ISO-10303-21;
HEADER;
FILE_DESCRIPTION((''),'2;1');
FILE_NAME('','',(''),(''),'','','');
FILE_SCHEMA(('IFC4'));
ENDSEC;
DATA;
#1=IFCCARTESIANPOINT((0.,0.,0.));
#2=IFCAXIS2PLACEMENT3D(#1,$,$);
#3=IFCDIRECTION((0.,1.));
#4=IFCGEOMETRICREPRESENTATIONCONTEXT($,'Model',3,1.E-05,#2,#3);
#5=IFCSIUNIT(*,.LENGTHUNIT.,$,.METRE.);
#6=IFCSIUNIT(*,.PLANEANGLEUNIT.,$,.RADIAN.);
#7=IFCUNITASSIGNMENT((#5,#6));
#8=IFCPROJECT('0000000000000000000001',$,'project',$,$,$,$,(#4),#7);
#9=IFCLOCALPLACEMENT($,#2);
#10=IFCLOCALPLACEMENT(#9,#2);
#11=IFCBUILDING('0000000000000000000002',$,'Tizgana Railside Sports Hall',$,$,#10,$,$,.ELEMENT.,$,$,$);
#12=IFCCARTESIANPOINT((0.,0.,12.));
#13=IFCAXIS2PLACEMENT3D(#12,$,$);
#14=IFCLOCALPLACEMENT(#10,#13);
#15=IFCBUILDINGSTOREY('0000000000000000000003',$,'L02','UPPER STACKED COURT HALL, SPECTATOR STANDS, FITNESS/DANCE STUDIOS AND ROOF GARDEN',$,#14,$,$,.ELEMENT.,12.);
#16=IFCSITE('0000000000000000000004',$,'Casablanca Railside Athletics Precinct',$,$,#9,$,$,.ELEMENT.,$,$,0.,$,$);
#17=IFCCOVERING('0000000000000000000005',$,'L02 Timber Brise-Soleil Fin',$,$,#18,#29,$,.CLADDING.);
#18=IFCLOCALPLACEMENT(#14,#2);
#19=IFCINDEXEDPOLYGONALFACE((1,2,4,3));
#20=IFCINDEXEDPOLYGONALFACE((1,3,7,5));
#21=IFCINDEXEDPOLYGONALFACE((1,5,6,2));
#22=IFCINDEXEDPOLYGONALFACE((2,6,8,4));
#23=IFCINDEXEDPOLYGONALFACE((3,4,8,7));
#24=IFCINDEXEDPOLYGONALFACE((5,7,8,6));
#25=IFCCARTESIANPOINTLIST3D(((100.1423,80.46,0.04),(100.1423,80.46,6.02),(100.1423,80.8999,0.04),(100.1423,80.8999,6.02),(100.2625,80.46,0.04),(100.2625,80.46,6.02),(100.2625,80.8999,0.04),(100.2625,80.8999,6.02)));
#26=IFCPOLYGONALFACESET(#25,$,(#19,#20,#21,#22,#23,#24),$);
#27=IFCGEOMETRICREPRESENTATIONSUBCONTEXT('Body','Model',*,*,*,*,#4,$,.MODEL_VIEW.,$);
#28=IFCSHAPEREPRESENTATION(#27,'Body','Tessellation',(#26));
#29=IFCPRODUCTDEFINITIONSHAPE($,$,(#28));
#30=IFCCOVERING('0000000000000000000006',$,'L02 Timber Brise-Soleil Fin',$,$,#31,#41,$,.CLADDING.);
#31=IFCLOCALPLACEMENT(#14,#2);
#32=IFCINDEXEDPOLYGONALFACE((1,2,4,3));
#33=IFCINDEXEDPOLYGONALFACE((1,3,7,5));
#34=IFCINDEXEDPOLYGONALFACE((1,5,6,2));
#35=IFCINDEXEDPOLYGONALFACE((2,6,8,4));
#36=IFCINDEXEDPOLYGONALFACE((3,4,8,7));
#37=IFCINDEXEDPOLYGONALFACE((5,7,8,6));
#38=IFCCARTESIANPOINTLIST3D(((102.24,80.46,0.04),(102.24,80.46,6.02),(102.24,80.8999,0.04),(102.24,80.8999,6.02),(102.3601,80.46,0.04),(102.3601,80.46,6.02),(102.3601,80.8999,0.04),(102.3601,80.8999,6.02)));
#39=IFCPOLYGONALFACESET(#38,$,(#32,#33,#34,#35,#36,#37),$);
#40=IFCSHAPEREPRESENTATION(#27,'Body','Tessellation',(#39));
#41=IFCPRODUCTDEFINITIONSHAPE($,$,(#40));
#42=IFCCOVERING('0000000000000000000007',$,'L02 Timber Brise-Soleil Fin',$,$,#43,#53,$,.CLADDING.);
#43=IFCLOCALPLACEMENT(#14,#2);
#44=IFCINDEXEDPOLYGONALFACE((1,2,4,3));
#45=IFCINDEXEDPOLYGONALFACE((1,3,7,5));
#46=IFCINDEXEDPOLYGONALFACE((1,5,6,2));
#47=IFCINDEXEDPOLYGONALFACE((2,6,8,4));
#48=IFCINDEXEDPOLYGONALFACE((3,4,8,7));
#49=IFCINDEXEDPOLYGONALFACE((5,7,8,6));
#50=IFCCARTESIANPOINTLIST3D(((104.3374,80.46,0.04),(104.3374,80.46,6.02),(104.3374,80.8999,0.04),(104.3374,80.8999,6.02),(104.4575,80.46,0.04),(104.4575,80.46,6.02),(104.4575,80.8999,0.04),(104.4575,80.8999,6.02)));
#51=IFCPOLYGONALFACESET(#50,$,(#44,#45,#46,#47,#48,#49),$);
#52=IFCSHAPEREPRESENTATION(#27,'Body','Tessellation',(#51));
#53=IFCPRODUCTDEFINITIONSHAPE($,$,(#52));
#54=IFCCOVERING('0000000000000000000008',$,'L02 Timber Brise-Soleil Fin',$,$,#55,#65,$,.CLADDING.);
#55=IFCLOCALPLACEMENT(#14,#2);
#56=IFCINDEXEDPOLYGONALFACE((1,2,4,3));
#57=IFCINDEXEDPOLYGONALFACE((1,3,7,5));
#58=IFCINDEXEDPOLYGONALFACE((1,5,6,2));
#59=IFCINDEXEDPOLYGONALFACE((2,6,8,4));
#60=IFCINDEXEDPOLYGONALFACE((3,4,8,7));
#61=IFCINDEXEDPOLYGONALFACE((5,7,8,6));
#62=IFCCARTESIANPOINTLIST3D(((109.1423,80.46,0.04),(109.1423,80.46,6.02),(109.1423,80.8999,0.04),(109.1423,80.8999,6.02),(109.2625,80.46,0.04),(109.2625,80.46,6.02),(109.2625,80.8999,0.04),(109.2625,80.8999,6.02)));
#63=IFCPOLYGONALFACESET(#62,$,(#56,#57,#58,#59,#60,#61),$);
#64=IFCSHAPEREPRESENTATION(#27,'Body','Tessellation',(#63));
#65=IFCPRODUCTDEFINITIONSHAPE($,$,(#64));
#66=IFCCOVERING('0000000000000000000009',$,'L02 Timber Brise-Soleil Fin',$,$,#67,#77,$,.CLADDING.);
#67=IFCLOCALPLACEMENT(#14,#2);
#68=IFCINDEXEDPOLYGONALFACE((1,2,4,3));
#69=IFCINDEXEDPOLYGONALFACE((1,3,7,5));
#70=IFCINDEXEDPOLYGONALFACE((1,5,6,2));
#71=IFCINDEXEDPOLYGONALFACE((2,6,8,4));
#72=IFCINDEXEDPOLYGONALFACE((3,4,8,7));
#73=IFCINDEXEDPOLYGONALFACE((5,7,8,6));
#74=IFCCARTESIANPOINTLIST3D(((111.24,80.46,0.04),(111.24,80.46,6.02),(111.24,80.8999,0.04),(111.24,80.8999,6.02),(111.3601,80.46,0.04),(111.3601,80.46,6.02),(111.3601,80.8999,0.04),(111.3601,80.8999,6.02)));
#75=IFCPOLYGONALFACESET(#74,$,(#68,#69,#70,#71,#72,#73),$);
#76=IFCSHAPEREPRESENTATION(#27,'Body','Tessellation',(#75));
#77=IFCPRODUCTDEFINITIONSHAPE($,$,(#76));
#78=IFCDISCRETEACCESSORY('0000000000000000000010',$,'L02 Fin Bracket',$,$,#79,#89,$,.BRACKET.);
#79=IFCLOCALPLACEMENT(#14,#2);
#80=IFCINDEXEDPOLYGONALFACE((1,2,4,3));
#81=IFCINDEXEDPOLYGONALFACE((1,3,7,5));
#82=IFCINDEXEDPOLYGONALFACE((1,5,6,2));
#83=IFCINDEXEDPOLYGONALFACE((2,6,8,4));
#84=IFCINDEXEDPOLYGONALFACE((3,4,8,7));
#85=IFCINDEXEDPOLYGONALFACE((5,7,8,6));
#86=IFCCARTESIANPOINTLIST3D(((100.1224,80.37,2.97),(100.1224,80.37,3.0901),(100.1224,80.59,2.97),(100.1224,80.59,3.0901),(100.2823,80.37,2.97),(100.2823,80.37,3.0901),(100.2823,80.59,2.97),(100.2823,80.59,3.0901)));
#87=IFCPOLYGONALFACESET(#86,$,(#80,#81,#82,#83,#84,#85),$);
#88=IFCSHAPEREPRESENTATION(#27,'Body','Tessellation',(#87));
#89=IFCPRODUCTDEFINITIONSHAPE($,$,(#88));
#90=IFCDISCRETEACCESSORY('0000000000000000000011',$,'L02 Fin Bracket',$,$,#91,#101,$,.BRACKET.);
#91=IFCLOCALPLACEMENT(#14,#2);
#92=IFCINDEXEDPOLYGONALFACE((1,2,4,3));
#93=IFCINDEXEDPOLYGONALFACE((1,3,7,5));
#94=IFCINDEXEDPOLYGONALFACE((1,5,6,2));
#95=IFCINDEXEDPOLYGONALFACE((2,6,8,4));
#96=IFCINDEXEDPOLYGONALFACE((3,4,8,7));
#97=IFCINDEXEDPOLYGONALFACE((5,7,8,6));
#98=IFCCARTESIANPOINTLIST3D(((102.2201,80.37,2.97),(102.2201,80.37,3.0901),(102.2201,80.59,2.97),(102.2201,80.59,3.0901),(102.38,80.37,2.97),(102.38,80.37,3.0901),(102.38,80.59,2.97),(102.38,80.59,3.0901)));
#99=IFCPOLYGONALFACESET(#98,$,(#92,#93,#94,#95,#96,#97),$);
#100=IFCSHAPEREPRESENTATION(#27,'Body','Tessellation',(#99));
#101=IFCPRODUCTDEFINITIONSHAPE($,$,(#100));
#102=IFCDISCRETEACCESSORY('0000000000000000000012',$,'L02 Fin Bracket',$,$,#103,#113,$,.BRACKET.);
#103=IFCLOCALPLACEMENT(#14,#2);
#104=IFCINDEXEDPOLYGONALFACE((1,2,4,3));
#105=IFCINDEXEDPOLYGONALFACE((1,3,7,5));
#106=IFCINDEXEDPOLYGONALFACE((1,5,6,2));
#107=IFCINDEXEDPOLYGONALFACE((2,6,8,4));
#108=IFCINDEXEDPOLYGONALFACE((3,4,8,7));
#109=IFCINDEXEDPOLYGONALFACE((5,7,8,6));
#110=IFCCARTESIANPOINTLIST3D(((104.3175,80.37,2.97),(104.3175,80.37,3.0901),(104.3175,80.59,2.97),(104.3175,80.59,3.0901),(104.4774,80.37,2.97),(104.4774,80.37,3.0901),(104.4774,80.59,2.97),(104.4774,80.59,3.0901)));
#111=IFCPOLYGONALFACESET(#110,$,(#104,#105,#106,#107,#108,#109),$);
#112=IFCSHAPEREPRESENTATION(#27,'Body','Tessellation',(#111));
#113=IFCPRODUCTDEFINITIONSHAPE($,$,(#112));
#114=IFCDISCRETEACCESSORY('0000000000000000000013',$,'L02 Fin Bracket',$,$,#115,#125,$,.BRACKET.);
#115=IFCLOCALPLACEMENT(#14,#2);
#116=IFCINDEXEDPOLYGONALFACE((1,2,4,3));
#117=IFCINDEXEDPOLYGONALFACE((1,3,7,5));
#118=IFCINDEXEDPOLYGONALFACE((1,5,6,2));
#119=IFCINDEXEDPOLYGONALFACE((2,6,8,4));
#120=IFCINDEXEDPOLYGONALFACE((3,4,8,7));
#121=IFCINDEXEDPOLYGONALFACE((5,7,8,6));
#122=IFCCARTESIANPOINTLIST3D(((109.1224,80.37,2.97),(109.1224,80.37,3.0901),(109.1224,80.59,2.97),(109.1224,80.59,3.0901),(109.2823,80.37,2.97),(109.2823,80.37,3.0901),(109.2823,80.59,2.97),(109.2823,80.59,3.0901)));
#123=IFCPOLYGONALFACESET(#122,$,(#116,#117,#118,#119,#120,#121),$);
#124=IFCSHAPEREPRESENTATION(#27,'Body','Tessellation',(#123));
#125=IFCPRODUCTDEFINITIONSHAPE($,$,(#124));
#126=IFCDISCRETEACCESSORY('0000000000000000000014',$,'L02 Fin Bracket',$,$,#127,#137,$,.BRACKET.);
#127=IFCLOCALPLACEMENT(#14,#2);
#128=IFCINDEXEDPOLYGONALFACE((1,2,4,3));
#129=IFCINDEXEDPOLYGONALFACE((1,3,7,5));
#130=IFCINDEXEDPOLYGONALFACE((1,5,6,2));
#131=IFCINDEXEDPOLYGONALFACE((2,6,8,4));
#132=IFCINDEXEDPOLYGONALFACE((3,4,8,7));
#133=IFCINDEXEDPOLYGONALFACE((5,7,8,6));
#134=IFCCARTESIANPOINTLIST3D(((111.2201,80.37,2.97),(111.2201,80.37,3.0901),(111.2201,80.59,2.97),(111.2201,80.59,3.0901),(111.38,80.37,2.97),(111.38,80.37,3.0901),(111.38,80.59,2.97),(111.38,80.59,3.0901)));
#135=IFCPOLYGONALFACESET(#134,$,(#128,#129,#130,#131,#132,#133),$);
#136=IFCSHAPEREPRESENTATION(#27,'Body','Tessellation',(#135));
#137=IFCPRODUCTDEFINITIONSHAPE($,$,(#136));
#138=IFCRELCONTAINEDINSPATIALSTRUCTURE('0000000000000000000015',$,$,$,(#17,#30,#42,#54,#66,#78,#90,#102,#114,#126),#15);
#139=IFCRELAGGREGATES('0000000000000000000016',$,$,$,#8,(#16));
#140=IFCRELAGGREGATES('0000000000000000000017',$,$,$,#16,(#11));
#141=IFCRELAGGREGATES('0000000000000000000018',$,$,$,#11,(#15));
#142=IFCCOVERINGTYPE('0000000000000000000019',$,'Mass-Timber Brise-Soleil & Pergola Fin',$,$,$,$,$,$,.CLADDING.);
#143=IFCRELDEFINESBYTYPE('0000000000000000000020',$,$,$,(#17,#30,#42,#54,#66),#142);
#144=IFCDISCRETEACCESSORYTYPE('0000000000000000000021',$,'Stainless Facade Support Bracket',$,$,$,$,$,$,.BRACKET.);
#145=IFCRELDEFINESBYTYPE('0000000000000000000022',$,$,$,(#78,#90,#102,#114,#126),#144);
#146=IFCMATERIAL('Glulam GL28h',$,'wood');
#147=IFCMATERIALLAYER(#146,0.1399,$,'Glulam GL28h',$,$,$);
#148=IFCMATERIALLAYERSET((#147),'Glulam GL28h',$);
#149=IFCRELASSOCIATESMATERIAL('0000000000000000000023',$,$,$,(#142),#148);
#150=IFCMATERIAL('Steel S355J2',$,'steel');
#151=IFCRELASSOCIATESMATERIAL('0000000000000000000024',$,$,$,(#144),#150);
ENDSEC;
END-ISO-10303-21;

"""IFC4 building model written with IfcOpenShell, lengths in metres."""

from ifc_helpers import new_model, si_unit, direction, frame, origin, origin_2d, place, context, subcontext, project, spatial, rectangle, extrude, material, layer, layer_set, type_object, element, save


model = new_model("IFC4")

# Units and contexts
model_context = context("Model", 3, precision=1e-05, world=origin(), true_north=direction((0.0, 1.0)))
body_context = subcontext(model_context, "Body", "Model", "MODEL_VIEW")
ifc_project = project(units=[si_unit("LENGTHUNIT", "METRE"), si_unit("PLANEANGLEUNIT", "RADIAN")], contexts=[model_context])

# Site, building, storey
site_placement = place(None, origin())
site = spatial("IfcSite", under=ifc_project, at=site_placement, Name="Casablanca Railside Athletics Precinct", CompositionType="ELEMENT", RefElevation=0.0)
building_placement = place(site_placement, origin())
building = spatial("IfcBuilding", under=site, at=building_placement, Name="Tizgana Railside Sports Hall", CompositionType="ELEMENT")
storey_placement = place(building_placement, frame((0.0, 0.0, 12.0)))
storey = spatial("IfcBuildingStorey", under=building, at=storey_placement, Name="L02", Description="UPPER STACKED COURT HALL, SPECTATOR STANDS, FITNESS/DANCE STUDIOS AND ROOF GARDEN", CompositionType="ELEMENT", Elevation=12.0)

# Coverings
ifc_material_1 = material(Name="Glulam GL28h", Category="wood")
ifc_layer_1 = layer(ifc_material_1, 0.1399, Name="Glulam GL28h")
ifc_layer_set_1 = layer_set([ifc_layer_1], Name="Glulam GL28h")
covering_type = type_object("IfcCoveringType", Name="Mass-Timber Brise-Soleil & Pergola Fin", PredefinedType="CLADDING", material=ifc_layer_set_1)
for number, where, z_axis, x_axis, name in (
    (1, (100.2024, 80.6799, 0.04), (0.0, 0.0, 1.0), (1.0, 0.0, 0.0), "L02 Timber Brise-Soleil Fin"),
    (2, (102.3, 80.6799, 0.04), (0.0, 0.0, 1.0), (1.0, 0.0, 0.0), "L02 Timber Brise-Soleil Fin"),
    (3, (104.3975, 80.6799, 0.04), (0.0, 0.0, 1.0), (1.0, 0.0, 0.0), "L02 Timber Brise-Soleil Fin"),
    (4, (109.2024, 80.6799, 0.04), (0.0, 0.0, 1.0), (1.0, 0.0, 0.0), "L02 Timber Brise-Soleil Fin"),
    (5, (111.3, 80.6799, 0.04), (0.0, 0.0, 1.0), (1.0, 0.0, 0.0), "L02 Timber Brise-Soleil Fin"),
):
    element("IfcCovering", number, at=place(storey_placement, frame(where, z_axis=z_axis, x_axis=x_axis)), inside=storey, type_object=covering_type, Name=name, PredefinedType="CLADDING", context=body_context, shape_type="SweptSolid", body=[
        extrude(rectangle(XDim=0.1201, YDim=0.4399, at=origin_2d()), origin(), (0.0, 0.0, 1.0), 5.98),
    ])

# Discrete accessories
ifc_material_2 = material(Name="Steel S355J2", Category="steel")
discrete_accessory_type = type_object("IfcDiscreteAccessoryType", Name="Stainless Facade Support Bracket", PredefinedType="BRACKET", material=ifc_material_2)
for number, where, z_axis, x_axis, name in (
    (6, (100.2024, 80.48, 2.97), (0.0, 0.0, 1.0), (1.0, 0.0, 0.0), "L02 Fin Bracket"),
    (7, (102.3, 80.48, 2.97), (0.0, 0.0, 1.0), (1.0, 0.0, 0.0), "L02 Fin Bracket"),
    (8, (104.3975, 80.48, 2.97), (0.0, 0.0, 1.0), (1.0, 0.0, 0.0), "L02 Fin Bracket"),
    (9, (109.2024, 80.48, 2.97), (0.0, 0.0, 1.0), (1.0, 0.0, 0.0), "L02 Fin Bracket"),
    (10, (111.3, 80.48, 2.97), (0.0, 0.0, 1.0), (1.0, 0.0, 0.0), "L02 Fin Bracket"),
):
    element("IfcDiscreteAccessory", number, at=place(storey_placement, frame(where, z_axis=z_axis, x_axis=x_axis)), inside=storey, type_object=discrete_accessory_type, Name=name, PredefinedType="BRACKET", context=body_context, shape_type="SweptSolid", body=[
        extrude(rectangle(XDim=0.1599, YDim=0.22, at=origin_2d()), origin(), (0.0, 0.0, 1.0), 0.1201),
    ])

save(model, "model.ifc")
